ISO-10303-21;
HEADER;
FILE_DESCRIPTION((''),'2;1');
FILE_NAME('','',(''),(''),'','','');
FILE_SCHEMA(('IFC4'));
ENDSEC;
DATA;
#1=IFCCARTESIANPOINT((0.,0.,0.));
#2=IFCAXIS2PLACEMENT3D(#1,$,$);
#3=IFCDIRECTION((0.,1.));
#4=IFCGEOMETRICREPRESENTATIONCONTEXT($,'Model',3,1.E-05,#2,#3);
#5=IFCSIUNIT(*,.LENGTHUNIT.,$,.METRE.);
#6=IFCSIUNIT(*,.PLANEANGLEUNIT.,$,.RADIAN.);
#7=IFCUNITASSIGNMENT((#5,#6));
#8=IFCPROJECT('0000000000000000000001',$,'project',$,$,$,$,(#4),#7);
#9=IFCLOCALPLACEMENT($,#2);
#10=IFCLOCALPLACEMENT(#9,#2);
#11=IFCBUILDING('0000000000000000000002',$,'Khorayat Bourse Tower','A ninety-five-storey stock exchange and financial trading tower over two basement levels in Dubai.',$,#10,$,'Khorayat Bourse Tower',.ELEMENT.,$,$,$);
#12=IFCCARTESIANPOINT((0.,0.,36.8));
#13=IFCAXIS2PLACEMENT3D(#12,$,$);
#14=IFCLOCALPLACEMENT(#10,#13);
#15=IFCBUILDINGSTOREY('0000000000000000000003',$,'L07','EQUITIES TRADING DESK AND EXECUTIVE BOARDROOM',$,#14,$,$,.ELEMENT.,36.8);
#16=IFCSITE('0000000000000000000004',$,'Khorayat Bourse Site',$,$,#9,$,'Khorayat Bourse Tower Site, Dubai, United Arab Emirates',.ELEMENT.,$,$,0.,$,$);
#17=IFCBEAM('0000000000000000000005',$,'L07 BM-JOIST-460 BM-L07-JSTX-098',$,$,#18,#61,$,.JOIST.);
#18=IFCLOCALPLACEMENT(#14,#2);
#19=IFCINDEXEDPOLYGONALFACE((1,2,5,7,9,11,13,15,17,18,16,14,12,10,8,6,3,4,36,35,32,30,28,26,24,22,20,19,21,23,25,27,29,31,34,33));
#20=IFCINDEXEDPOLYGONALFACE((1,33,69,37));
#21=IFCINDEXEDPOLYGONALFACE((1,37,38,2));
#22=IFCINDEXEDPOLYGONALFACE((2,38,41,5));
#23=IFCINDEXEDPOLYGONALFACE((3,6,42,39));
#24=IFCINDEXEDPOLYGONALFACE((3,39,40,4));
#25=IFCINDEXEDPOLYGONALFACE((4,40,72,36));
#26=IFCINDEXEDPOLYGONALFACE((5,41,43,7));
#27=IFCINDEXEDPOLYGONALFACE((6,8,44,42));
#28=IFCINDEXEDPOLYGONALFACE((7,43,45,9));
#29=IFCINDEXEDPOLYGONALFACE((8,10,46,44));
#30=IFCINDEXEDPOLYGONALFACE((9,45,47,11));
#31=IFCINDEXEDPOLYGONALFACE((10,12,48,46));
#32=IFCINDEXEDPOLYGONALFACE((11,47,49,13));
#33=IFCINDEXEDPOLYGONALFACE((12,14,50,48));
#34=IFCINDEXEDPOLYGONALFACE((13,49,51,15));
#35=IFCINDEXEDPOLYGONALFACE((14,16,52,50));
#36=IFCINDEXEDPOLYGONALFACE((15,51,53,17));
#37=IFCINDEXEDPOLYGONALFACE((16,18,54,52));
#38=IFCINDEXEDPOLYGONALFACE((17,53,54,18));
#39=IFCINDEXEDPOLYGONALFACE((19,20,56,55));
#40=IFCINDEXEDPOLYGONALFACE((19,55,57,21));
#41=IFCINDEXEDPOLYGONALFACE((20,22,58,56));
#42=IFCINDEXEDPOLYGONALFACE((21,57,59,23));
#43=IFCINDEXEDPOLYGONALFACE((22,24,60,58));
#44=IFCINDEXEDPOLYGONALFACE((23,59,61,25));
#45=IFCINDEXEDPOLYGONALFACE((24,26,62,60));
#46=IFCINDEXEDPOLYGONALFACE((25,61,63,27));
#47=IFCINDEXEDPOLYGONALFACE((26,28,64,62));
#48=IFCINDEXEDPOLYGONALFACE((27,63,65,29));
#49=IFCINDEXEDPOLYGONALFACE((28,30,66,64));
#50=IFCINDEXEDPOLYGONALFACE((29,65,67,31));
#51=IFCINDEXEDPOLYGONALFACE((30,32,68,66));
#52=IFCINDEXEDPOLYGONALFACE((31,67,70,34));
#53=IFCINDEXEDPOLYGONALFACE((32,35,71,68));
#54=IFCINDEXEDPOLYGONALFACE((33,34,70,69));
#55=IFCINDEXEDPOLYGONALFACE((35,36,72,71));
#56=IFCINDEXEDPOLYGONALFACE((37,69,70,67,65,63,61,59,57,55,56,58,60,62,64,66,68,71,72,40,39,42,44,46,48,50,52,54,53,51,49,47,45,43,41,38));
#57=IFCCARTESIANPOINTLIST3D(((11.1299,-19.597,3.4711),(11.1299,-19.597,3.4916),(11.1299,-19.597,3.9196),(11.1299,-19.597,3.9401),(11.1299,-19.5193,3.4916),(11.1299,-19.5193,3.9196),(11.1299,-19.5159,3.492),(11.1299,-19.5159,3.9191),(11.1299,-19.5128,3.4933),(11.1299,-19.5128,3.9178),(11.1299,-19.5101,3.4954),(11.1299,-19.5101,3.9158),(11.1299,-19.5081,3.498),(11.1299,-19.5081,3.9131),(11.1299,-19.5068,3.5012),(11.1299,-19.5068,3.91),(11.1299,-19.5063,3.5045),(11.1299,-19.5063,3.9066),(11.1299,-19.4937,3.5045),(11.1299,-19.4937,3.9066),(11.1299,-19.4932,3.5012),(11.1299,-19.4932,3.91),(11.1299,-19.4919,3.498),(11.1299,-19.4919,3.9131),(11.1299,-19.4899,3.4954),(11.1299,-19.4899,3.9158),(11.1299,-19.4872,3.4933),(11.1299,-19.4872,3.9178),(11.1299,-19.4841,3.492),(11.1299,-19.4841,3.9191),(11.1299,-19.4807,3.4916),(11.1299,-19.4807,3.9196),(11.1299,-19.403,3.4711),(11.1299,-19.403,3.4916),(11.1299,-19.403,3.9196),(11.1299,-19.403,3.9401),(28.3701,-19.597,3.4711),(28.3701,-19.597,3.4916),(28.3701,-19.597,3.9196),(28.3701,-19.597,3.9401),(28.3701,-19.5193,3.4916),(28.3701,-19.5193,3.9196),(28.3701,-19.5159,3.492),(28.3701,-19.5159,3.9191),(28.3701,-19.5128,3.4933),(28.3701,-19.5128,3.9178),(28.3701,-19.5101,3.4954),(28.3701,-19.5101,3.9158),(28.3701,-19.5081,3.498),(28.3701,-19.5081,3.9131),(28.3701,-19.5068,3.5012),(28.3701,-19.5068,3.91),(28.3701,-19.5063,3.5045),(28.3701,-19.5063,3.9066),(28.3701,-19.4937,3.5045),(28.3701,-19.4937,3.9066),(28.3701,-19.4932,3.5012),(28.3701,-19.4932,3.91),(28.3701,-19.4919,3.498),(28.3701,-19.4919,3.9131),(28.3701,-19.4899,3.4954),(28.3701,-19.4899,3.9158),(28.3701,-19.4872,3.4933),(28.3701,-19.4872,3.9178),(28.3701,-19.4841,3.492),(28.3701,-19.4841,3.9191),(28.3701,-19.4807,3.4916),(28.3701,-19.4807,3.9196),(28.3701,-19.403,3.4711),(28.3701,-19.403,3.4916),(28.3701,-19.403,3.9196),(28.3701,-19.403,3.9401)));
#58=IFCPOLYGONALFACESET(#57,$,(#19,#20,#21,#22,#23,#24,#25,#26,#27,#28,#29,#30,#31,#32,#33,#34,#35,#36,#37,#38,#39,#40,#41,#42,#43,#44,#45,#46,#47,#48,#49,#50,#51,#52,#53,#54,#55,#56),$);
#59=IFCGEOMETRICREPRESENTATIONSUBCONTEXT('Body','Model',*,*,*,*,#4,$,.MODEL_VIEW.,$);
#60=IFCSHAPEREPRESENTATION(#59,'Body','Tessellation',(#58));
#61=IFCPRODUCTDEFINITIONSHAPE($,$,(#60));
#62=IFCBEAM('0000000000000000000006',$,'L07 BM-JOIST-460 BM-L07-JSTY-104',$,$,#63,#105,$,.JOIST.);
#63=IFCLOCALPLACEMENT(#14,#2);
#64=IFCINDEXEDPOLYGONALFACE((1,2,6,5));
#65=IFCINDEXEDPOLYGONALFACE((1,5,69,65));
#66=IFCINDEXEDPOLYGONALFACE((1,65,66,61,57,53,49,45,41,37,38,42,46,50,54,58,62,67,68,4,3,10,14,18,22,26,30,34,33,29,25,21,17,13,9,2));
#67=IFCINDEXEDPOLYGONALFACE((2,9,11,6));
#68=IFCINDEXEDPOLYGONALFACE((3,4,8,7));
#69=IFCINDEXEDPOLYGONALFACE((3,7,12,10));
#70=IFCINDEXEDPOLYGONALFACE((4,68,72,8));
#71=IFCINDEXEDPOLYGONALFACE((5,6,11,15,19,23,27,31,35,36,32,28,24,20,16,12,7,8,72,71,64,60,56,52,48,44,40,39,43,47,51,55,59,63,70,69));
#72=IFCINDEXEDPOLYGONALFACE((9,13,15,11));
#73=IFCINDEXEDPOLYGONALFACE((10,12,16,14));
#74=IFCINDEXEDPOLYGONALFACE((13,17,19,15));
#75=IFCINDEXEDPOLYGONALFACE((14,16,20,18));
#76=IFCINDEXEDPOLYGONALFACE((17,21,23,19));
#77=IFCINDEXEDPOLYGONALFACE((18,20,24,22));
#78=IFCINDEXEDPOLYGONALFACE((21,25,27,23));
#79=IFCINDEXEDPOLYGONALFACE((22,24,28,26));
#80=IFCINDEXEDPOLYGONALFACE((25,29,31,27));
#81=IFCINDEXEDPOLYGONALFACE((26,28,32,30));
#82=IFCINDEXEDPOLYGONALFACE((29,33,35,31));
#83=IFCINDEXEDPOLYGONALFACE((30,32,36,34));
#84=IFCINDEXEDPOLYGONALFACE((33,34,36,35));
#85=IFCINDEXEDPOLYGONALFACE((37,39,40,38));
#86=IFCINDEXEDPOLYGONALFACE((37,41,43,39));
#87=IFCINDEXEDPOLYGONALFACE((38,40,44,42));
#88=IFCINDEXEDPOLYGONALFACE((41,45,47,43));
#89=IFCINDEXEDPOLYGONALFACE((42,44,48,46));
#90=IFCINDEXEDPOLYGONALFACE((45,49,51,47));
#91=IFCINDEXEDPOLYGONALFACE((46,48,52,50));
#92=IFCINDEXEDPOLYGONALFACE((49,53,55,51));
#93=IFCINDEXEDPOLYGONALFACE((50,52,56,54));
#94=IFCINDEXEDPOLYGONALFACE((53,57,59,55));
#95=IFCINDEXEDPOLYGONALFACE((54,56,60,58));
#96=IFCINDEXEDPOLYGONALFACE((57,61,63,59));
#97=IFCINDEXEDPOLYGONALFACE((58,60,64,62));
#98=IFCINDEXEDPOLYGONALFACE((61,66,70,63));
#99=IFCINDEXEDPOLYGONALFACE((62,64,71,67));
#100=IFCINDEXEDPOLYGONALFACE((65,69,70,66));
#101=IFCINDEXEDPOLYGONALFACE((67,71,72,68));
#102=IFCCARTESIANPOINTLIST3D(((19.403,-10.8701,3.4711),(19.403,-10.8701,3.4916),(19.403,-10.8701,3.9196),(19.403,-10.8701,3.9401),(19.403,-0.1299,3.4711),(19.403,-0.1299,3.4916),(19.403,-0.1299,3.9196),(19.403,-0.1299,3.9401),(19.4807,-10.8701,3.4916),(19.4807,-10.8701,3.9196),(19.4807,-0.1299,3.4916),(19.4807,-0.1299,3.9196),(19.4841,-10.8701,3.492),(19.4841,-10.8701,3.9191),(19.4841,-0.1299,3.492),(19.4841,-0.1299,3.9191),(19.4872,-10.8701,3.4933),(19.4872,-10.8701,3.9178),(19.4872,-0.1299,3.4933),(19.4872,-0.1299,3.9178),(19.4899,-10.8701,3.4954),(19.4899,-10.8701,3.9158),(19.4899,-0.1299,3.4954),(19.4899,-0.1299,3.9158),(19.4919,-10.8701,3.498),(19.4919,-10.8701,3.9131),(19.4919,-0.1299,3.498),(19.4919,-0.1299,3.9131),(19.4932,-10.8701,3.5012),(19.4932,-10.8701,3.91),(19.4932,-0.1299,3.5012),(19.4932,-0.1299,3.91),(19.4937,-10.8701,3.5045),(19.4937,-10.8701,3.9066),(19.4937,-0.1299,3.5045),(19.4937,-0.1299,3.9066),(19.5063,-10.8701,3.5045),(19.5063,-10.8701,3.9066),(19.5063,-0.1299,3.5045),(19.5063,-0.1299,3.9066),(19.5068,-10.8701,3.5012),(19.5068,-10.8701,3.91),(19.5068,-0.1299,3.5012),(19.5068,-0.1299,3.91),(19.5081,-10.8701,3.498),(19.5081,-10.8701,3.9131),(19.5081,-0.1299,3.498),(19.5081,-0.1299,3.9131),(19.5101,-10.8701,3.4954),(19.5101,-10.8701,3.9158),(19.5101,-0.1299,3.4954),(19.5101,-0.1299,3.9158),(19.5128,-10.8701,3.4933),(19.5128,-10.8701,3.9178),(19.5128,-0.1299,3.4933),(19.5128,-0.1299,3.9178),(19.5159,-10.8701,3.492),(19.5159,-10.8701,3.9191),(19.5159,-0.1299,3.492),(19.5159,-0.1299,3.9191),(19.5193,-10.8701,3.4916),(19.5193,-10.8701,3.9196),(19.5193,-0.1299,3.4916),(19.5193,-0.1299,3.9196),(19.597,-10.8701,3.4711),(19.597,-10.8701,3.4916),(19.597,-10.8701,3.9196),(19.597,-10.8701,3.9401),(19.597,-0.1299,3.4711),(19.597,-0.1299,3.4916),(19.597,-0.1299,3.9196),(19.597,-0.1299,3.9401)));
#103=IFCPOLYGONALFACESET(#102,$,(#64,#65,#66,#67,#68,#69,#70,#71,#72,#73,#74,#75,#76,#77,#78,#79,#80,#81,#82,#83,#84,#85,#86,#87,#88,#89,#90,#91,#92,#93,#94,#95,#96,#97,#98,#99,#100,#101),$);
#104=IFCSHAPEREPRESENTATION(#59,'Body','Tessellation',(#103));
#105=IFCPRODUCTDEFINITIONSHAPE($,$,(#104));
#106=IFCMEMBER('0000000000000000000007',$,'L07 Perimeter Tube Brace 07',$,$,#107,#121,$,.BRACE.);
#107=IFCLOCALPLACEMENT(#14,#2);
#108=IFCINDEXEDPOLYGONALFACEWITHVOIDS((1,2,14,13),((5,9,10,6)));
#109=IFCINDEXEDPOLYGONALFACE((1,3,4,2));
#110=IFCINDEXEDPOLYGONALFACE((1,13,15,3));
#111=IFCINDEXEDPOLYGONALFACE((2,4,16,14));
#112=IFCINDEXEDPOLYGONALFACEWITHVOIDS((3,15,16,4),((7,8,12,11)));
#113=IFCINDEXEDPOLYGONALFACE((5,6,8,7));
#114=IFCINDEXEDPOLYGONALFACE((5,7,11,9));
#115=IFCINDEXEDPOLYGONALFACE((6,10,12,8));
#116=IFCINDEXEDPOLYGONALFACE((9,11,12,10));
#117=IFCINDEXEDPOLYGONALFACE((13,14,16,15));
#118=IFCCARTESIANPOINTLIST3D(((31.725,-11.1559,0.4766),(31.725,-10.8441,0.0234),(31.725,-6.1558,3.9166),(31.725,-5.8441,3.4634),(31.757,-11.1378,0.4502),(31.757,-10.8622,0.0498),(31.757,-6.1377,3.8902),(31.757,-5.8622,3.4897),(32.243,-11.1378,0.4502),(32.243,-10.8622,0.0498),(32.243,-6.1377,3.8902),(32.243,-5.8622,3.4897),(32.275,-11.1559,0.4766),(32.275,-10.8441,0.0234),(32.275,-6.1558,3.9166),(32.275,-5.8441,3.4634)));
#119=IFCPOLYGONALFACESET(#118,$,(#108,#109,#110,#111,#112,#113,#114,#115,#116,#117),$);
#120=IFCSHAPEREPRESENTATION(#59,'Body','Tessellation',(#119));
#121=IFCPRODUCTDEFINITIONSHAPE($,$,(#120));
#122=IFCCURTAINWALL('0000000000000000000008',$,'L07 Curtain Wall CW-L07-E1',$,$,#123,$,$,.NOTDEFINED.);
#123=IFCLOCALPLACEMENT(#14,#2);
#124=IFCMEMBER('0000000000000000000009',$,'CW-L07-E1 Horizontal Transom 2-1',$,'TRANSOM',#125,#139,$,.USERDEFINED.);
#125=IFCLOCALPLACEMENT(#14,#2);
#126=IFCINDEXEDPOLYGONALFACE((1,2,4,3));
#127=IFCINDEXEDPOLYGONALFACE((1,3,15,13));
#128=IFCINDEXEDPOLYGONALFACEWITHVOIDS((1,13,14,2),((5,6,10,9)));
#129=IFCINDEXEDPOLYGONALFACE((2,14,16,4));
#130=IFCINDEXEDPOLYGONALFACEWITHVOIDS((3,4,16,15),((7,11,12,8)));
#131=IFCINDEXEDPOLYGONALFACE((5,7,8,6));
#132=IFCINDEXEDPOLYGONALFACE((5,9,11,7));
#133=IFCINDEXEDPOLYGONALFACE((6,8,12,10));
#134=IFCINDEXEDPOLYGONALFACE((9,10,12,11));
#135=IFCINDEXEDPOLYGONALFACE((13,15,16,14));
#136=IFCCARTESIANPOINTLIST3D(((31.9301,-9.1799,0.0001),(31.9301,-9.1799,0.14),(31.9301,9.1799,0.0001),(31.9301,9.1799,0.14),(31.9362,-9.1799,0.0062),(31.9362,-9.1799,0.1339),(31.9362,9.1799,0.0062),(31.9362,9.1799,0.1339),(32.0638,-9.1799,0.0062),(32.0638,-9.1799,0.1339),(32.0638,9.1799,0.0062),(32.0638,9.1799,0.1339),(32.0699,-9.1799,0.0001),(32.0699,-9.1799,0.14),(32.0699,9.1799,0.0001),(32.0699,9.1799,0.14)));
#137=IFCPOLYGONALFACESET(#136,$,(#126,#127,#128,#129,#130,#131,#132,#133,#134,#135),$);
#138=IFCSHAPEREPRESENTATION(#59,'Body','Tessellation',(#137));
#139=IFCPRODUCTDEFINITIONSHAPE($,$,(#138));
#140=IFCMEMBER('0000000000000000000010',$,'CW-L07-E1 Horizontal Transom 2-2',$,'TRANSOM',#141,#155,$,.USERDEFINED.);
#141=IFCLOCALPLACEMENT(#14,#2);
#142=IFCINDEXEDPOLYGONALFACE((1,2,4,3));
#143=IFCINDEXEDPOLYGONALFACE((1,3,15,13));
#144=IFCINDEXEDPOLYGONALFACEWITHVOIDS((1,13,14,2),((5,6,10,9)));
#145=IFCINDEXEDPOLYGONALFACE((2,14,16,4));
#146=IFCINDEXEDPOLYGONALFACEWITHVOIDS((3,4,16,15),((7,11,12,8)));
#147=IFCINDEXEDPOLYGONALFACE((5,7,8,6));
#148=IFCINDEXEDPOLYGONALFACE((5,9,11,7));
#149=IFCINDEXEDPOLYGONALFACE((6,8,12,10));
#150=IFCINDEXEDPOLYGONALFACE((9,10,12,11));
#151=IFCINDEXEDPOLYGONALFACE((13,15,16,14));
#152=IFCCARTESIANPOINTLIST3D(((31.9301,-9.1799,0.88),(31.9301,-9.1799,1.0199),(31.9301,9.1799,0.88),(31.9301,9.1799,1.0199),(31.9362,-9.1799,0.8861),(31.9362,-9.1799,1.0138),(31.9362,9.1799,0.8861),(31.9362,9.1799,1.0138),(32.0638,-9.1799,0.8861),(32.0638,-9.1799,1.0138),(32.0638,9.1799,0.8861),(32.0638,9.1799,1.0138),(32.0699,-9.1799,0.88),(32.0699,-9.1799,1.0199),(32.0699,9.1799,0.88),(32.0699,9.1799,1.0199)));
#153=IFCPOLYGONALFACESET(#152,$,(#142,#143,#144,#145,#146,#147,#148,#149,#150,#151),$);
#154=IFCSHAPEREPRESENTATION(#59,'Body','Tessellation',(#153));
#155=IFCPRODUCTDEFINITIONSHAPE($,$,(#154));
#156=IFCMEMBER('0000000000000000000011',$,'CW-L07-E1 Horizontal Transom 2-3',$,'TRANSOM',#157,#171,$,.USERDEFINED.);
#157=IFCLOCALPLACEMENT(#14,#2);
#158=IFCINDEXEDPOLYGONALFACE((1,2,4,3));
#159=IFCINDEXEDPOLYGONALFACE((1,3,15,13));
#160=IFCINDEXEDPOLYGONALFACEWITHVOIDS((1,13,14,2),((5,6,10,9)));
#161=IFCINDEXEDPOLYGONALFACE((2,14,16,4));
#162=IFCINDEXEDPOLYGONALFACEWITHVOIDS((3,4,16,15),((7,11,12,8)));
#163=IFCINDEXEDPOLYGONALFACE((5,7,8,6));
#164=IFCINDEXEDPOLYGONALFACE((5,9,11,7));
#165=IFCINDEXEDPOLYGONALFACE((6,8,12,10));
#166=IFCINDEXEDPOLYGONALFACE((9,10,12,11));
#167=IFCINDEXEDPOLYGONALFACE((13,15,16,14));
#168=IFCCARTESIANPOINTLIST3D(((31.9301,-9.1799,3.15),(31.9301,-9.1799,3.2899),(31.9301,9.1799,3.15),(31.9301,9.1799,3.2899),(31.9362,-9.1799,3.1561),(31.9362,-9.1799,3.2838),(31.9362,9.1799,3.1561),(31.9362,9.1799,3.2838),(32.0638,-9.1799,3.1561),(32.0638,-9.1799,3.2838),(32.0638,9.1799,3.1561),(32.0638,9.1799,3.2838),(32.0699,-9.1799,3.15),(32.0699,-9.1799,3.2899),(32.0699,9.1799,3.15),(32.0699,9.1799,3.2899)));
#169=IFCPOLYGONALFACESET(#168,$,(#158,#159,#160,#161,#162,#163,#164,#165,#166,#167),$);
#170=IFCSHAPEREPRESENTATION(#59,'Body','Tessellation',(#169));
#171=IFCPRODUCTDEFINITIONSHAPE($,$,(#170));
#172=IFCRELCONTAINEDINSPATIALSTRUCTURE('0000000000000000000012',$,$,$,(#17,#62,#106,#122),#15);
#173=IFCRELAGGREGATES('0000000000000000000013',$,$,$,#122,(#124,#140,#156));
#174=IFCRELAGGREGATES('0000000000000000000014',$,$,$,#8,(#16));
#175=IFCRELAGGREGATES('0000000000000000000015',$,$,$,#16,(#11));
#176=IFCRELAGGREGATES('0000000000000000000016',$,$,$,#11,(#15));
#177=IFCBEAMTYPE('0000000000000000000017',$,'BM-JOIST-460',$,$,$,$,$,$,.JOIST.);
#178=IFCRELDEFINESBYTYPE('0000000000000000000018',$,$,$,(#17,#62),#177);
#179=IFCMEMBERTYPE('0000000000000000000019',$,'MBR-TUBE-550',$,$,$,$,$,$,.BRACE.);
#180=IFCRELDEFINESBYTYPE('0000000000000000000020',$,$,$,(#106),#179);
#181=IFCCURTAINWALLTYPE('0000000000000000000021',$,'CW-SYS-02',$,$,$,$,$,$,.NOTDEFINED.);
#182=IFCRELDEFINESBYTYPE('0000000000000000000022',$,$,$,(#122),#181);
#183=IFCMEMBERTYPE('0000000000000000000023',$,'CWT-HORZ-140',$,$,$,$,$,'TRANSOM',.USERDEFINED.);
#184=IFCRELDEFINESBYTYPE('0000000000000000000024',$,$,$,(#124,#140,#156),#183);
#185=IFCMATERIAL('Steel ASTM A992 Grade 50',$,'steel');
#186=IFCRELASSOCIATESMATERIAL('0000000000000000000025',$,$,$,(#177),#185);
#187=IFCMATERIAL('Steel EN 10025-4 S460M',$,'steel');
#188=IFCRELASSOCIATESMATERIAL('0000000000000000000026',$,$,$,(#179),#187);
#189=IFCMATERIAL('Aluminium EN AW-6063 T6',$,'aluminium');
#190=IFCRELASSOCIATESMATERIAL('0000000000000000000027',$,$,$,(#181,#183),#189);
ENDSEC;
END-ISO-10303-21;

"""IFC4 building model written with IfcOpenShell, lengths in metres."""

from ifc_helpers import new_model, si_unit, direction, frame, origin, origin_2d, place, context, subcontext, project, spatial, hollow_rectangle, i_section, extrude, source, transform, mapped, material, material_profile, profile_set, type_object, element, aggregate, save


model = new_model("IFC4")

# Units and contexts
model_context = context("Model", 3, precision=1e-05, world=origin(), true_north=direction((0.0, 1.0)))
body_context = subcontext(model_context, "Body", "Model", "MODEL_VIEW")
ifc_project = project(units=[si_unit("LENGTHUNIT", "METRE"), si_unit("PLANEANGLEUNIT", "RADIAN")], contexts=[model_context])

# Site, building, storey
site_placement = place(None, origin())
site = spatial("IfcSite", under=ifc_project, at=site_placement, Name="Khorayat Bourse Site", LongName="Khorayat Bourse Tower Site, Dubai, United Arab Emirates", CompositionType="ELEMENT", RefElevation=0.0)
building_placement = place(site_placement, origin())
building = spatial("IfcBuilding", under=site, at=building_placement, Name="Khorayat Bourse Tower", Description="A ninety-five-storey stock exchange and financial trading tower over two basement levels in Dubai.", LongName="Khorayat Bourse Tower", CompositionType="ELEMENT")
storey_placement = place(building_placement, frame((0.0, 0.0, 36.8)))
storey = spatial("IfcBuildingStorey", under=building, at=storey_placement, Name="L07", Description="EQUITIES TRADING DESK AND EXECUTIVE BOARDROOM", CompositionType="ELEMENT", Elevation=36.8)

# Shared definitions
ifc_material_1 = material(Name="Steel EN 10025-4 S460M", Category="steel")

# Beams
ifc_material_2 = material(Name="Steel ASTM A992 Grade 50", Category="steel")
ifc_material_profile_1 = material_profile(ifc_material_2, i_section(OverallWidth=0.1941, OverallDepth=0.469, WebThickness=0.0127, FlangeThickness=0.0205, FilletRadius=0.0129, at=origin_2d()), Name="W460X106")
ifc_profile_set_1 = profile_set([ifc_material_profile_1], Name="Steel ASTM A992 Grade 50")
beam_type_1 = type_object("IfcBeamType", Name="BM-JOIST-460", PredefinedType="JOIST", material=ifc_profile_set_1)
shared_shape_1 = source(origin(), body_context, "Body", "SweptSolid", [
    extrude(i_section(OverallWidth=0.1941, OverallDepth=0.469, WebThickness=0.0127, FlangeThickness=0.0205, FilletRadius=0.0129, at=origin_2d()), origin(), (0.0, 0.0, 1.0), 17.2402),
])
beam_1_placement = place(storey_placement, frame((11.1299, -19.5, 3.7056), z_axis=(1.0, 0.0, 0.0), x_axis=(0.0, 1.0, 0.0)))
element("IfcBeam", 1, at=beam_1_placement, inside=storey, type_object=beam_type_1, Name="L07 BM-JOIST-460 BM-L07-JSTX-098", PredefinedType="JOIST", context=body_context, shape_type="MappedRepresentation", body=[
    mapped(shared_shape_1, transform((0.0, 0.0, 0.0), scale=1.0)),
])
shared_shape_2 = source(origin(), body_context, "Body", "SweptSolid", [
    extrude(i_section(OverallWidth=0.1941, OverallDepth=0.469, WebThickness=0.0127, FlangeThickness=0.0205, FilletRadius=0.0129, at=origin_2d()), origin(), (0.0, 0.0, 1.0), 10.7402),
])
beam_2_placement = place(storey_placement, frame((19.5, -10.8701, 3.7056), z_axis=(0.0, 1.0, 0.0), x_axis=(-1.0, 0.0, 0.0)))
element("IfcBeam", 2, at=beam_2_placement, inside=storey, type_object=beam_type_1, Name="L07 BM-JOIST-460 BM-L07-JSTY-104", PredefinedType="JOIST", context=body_context, shape_type="MappedRepresentation", body=[
    mapped(shared_shape_2, transform((0.0, 0.0, 0.0), scale=1.0)),
])

# Member
ifc_material_profile_2 = material_profile(ifc_material_1, hollow_rectangle(XDim=0.55, YDim=0.55, WallThickness=0.032, at=origin_2d()), Name="HSS 550x550x32")
ifc_profile_set_2 = profile_set([ifc_material_profile_2], Name="Steel EN 10025-4 S460M")
member_type_1 = type_object("IfcMemberType", Name="MBR-TUBE-550", PredefinedType="BRACE", material=ifc_profile_set_2)
shared_shape_3 = source(origin(), body_context, "Body", "SweptSolid", [
    extrude(hollow_rectangle(XDim=0.55, YDim=0.55, WallThickness=0.032, at=origin_2d()), origin(), (0.0, 0.0, 1.0), 6.0691),
])
member_1_placement = place(storey_placement, frame((32.0, -11.0, 0.25), z_axis=(0.0, 0.823854, 0.566802), x_axis=(-1.0, 0.0, 0.0)))
element("IfcMember", 3, at=member_1_placement, inside=storey, type_object=member_type_1, Name="L07 Perimeter Tube Brace 07", PredefinedType="BRACE", context=body_context, shape_type="MappedRepresentation", body=[
    mapped(shared_shape_3, transform((0.0, 0.0, 0.0), scale=1.0)),
])

# Curtain wall, members
ifc_material_3 = material(Name="Aluminium EN AW-6063 T6", Category="aluminium")
curtain_wall_type = type_object("IfcCurtainWallType", Name="CW-SYS-02", PredefinedType="NOTDEFINED", material=ifc_material_3)
curtain_wall_placement = place(storey_placement, origin())
curtain_wall = element("IfcCurtainWall", 4, at=curtain_wall_placement, inside=storey, type_object=curtain_wall_type, Name="L07 Curtain Wall CW-L07-E1", PredefinedType="NOTDEFINED")
ifc_material_profile_3 = material_profile(ifc_material_3, hollow_rectangle(XDim=0.1399, YDim=0.1399, WallThickness=0.0061, at=origin_2d()), Name="ALU 140x140x6")
ifc_profile_set_3 = profile_set([ifc_material_profile_3], Name="Aluminium EN AW-6063 T6")
member_type_2 = type_object("IfcMemberType", Name="CWT-HORZ-140", ElementType="TRANSOM", PredefinedType="USERDEFINED", material=ifc_profile_set_3)
shared_shape_4 = source(origin(), body_context, "Body", "SweptSolid", [
    extrude(hollow_rectangle(XDim=0.1399, YDim=0.1399, WallThickness=0.0061, at=origin_2d()), origin(), (0.0, 0.0, 1.0), 18.3599),
])
member_2_placement = place(storey_placement, frame((32.0, -9.1799, 0.0701), z_axis=(0.0, 1.0, 0.0), x_axis=(-1.0, 0.0, 0.0)))
member_2 = element("IfcMember", 5, at=member_2_placement, type_object=member_type_2, Name="CW-L07-E1 Horizontal Transom 2-1", ObjectType="TRANSOM", PredefinedType="USERDEFINED", context=body_context, shape_type="MappedRepresentation", body=[
    mapped(shared_shape_4, transform((0.0, 0.0, 0.0), scale=1.0)),
])
member_3_placement = place(storey_placement, frame((32.0, -9.1799, 0.95), z_axis=(0.0, 1.0, 0.0), x_axis=(-1.0, 0.0, 0.0)))
member_3 = element("IfcMember", 6, at=member_3_placement, type_object=member_type_2, Name="CW-L07-E1 Horizontal Transom 2-2", ObjectType="TRANSOM", PredefinedType="USERDEFINED", context=body_context, shape_type="MappedRepresentation", body=[
    mapped(shared_shape_4, transform((0.0, 0.0, 0.0), scale=1.0)),
])
member_4_placement = place(storey_placement, frame((32.0, -9.1799, 3.22), z_axis=(0.0, 1.0, 0.0), x_axis=(-1.0, 0.0, 0.0)))
member_4 = element("IfcMember", 7, at=member_4_placement, type_object=member_type_2, Name="CW-L07-E1 Horizontal Transom 2-3", ObjectType="TRANSOM", PredefinedType="USERDEFINED", context=body_context, shape_type="MappedRepresentation", body=[
    mapped(shared_shape_4, transform((0.0, 0.0, 0.0), scale=1.0)),
])

aggregate(curtain_wall, [member_2, member_3, member_4])

save(model, "model.ifc")
